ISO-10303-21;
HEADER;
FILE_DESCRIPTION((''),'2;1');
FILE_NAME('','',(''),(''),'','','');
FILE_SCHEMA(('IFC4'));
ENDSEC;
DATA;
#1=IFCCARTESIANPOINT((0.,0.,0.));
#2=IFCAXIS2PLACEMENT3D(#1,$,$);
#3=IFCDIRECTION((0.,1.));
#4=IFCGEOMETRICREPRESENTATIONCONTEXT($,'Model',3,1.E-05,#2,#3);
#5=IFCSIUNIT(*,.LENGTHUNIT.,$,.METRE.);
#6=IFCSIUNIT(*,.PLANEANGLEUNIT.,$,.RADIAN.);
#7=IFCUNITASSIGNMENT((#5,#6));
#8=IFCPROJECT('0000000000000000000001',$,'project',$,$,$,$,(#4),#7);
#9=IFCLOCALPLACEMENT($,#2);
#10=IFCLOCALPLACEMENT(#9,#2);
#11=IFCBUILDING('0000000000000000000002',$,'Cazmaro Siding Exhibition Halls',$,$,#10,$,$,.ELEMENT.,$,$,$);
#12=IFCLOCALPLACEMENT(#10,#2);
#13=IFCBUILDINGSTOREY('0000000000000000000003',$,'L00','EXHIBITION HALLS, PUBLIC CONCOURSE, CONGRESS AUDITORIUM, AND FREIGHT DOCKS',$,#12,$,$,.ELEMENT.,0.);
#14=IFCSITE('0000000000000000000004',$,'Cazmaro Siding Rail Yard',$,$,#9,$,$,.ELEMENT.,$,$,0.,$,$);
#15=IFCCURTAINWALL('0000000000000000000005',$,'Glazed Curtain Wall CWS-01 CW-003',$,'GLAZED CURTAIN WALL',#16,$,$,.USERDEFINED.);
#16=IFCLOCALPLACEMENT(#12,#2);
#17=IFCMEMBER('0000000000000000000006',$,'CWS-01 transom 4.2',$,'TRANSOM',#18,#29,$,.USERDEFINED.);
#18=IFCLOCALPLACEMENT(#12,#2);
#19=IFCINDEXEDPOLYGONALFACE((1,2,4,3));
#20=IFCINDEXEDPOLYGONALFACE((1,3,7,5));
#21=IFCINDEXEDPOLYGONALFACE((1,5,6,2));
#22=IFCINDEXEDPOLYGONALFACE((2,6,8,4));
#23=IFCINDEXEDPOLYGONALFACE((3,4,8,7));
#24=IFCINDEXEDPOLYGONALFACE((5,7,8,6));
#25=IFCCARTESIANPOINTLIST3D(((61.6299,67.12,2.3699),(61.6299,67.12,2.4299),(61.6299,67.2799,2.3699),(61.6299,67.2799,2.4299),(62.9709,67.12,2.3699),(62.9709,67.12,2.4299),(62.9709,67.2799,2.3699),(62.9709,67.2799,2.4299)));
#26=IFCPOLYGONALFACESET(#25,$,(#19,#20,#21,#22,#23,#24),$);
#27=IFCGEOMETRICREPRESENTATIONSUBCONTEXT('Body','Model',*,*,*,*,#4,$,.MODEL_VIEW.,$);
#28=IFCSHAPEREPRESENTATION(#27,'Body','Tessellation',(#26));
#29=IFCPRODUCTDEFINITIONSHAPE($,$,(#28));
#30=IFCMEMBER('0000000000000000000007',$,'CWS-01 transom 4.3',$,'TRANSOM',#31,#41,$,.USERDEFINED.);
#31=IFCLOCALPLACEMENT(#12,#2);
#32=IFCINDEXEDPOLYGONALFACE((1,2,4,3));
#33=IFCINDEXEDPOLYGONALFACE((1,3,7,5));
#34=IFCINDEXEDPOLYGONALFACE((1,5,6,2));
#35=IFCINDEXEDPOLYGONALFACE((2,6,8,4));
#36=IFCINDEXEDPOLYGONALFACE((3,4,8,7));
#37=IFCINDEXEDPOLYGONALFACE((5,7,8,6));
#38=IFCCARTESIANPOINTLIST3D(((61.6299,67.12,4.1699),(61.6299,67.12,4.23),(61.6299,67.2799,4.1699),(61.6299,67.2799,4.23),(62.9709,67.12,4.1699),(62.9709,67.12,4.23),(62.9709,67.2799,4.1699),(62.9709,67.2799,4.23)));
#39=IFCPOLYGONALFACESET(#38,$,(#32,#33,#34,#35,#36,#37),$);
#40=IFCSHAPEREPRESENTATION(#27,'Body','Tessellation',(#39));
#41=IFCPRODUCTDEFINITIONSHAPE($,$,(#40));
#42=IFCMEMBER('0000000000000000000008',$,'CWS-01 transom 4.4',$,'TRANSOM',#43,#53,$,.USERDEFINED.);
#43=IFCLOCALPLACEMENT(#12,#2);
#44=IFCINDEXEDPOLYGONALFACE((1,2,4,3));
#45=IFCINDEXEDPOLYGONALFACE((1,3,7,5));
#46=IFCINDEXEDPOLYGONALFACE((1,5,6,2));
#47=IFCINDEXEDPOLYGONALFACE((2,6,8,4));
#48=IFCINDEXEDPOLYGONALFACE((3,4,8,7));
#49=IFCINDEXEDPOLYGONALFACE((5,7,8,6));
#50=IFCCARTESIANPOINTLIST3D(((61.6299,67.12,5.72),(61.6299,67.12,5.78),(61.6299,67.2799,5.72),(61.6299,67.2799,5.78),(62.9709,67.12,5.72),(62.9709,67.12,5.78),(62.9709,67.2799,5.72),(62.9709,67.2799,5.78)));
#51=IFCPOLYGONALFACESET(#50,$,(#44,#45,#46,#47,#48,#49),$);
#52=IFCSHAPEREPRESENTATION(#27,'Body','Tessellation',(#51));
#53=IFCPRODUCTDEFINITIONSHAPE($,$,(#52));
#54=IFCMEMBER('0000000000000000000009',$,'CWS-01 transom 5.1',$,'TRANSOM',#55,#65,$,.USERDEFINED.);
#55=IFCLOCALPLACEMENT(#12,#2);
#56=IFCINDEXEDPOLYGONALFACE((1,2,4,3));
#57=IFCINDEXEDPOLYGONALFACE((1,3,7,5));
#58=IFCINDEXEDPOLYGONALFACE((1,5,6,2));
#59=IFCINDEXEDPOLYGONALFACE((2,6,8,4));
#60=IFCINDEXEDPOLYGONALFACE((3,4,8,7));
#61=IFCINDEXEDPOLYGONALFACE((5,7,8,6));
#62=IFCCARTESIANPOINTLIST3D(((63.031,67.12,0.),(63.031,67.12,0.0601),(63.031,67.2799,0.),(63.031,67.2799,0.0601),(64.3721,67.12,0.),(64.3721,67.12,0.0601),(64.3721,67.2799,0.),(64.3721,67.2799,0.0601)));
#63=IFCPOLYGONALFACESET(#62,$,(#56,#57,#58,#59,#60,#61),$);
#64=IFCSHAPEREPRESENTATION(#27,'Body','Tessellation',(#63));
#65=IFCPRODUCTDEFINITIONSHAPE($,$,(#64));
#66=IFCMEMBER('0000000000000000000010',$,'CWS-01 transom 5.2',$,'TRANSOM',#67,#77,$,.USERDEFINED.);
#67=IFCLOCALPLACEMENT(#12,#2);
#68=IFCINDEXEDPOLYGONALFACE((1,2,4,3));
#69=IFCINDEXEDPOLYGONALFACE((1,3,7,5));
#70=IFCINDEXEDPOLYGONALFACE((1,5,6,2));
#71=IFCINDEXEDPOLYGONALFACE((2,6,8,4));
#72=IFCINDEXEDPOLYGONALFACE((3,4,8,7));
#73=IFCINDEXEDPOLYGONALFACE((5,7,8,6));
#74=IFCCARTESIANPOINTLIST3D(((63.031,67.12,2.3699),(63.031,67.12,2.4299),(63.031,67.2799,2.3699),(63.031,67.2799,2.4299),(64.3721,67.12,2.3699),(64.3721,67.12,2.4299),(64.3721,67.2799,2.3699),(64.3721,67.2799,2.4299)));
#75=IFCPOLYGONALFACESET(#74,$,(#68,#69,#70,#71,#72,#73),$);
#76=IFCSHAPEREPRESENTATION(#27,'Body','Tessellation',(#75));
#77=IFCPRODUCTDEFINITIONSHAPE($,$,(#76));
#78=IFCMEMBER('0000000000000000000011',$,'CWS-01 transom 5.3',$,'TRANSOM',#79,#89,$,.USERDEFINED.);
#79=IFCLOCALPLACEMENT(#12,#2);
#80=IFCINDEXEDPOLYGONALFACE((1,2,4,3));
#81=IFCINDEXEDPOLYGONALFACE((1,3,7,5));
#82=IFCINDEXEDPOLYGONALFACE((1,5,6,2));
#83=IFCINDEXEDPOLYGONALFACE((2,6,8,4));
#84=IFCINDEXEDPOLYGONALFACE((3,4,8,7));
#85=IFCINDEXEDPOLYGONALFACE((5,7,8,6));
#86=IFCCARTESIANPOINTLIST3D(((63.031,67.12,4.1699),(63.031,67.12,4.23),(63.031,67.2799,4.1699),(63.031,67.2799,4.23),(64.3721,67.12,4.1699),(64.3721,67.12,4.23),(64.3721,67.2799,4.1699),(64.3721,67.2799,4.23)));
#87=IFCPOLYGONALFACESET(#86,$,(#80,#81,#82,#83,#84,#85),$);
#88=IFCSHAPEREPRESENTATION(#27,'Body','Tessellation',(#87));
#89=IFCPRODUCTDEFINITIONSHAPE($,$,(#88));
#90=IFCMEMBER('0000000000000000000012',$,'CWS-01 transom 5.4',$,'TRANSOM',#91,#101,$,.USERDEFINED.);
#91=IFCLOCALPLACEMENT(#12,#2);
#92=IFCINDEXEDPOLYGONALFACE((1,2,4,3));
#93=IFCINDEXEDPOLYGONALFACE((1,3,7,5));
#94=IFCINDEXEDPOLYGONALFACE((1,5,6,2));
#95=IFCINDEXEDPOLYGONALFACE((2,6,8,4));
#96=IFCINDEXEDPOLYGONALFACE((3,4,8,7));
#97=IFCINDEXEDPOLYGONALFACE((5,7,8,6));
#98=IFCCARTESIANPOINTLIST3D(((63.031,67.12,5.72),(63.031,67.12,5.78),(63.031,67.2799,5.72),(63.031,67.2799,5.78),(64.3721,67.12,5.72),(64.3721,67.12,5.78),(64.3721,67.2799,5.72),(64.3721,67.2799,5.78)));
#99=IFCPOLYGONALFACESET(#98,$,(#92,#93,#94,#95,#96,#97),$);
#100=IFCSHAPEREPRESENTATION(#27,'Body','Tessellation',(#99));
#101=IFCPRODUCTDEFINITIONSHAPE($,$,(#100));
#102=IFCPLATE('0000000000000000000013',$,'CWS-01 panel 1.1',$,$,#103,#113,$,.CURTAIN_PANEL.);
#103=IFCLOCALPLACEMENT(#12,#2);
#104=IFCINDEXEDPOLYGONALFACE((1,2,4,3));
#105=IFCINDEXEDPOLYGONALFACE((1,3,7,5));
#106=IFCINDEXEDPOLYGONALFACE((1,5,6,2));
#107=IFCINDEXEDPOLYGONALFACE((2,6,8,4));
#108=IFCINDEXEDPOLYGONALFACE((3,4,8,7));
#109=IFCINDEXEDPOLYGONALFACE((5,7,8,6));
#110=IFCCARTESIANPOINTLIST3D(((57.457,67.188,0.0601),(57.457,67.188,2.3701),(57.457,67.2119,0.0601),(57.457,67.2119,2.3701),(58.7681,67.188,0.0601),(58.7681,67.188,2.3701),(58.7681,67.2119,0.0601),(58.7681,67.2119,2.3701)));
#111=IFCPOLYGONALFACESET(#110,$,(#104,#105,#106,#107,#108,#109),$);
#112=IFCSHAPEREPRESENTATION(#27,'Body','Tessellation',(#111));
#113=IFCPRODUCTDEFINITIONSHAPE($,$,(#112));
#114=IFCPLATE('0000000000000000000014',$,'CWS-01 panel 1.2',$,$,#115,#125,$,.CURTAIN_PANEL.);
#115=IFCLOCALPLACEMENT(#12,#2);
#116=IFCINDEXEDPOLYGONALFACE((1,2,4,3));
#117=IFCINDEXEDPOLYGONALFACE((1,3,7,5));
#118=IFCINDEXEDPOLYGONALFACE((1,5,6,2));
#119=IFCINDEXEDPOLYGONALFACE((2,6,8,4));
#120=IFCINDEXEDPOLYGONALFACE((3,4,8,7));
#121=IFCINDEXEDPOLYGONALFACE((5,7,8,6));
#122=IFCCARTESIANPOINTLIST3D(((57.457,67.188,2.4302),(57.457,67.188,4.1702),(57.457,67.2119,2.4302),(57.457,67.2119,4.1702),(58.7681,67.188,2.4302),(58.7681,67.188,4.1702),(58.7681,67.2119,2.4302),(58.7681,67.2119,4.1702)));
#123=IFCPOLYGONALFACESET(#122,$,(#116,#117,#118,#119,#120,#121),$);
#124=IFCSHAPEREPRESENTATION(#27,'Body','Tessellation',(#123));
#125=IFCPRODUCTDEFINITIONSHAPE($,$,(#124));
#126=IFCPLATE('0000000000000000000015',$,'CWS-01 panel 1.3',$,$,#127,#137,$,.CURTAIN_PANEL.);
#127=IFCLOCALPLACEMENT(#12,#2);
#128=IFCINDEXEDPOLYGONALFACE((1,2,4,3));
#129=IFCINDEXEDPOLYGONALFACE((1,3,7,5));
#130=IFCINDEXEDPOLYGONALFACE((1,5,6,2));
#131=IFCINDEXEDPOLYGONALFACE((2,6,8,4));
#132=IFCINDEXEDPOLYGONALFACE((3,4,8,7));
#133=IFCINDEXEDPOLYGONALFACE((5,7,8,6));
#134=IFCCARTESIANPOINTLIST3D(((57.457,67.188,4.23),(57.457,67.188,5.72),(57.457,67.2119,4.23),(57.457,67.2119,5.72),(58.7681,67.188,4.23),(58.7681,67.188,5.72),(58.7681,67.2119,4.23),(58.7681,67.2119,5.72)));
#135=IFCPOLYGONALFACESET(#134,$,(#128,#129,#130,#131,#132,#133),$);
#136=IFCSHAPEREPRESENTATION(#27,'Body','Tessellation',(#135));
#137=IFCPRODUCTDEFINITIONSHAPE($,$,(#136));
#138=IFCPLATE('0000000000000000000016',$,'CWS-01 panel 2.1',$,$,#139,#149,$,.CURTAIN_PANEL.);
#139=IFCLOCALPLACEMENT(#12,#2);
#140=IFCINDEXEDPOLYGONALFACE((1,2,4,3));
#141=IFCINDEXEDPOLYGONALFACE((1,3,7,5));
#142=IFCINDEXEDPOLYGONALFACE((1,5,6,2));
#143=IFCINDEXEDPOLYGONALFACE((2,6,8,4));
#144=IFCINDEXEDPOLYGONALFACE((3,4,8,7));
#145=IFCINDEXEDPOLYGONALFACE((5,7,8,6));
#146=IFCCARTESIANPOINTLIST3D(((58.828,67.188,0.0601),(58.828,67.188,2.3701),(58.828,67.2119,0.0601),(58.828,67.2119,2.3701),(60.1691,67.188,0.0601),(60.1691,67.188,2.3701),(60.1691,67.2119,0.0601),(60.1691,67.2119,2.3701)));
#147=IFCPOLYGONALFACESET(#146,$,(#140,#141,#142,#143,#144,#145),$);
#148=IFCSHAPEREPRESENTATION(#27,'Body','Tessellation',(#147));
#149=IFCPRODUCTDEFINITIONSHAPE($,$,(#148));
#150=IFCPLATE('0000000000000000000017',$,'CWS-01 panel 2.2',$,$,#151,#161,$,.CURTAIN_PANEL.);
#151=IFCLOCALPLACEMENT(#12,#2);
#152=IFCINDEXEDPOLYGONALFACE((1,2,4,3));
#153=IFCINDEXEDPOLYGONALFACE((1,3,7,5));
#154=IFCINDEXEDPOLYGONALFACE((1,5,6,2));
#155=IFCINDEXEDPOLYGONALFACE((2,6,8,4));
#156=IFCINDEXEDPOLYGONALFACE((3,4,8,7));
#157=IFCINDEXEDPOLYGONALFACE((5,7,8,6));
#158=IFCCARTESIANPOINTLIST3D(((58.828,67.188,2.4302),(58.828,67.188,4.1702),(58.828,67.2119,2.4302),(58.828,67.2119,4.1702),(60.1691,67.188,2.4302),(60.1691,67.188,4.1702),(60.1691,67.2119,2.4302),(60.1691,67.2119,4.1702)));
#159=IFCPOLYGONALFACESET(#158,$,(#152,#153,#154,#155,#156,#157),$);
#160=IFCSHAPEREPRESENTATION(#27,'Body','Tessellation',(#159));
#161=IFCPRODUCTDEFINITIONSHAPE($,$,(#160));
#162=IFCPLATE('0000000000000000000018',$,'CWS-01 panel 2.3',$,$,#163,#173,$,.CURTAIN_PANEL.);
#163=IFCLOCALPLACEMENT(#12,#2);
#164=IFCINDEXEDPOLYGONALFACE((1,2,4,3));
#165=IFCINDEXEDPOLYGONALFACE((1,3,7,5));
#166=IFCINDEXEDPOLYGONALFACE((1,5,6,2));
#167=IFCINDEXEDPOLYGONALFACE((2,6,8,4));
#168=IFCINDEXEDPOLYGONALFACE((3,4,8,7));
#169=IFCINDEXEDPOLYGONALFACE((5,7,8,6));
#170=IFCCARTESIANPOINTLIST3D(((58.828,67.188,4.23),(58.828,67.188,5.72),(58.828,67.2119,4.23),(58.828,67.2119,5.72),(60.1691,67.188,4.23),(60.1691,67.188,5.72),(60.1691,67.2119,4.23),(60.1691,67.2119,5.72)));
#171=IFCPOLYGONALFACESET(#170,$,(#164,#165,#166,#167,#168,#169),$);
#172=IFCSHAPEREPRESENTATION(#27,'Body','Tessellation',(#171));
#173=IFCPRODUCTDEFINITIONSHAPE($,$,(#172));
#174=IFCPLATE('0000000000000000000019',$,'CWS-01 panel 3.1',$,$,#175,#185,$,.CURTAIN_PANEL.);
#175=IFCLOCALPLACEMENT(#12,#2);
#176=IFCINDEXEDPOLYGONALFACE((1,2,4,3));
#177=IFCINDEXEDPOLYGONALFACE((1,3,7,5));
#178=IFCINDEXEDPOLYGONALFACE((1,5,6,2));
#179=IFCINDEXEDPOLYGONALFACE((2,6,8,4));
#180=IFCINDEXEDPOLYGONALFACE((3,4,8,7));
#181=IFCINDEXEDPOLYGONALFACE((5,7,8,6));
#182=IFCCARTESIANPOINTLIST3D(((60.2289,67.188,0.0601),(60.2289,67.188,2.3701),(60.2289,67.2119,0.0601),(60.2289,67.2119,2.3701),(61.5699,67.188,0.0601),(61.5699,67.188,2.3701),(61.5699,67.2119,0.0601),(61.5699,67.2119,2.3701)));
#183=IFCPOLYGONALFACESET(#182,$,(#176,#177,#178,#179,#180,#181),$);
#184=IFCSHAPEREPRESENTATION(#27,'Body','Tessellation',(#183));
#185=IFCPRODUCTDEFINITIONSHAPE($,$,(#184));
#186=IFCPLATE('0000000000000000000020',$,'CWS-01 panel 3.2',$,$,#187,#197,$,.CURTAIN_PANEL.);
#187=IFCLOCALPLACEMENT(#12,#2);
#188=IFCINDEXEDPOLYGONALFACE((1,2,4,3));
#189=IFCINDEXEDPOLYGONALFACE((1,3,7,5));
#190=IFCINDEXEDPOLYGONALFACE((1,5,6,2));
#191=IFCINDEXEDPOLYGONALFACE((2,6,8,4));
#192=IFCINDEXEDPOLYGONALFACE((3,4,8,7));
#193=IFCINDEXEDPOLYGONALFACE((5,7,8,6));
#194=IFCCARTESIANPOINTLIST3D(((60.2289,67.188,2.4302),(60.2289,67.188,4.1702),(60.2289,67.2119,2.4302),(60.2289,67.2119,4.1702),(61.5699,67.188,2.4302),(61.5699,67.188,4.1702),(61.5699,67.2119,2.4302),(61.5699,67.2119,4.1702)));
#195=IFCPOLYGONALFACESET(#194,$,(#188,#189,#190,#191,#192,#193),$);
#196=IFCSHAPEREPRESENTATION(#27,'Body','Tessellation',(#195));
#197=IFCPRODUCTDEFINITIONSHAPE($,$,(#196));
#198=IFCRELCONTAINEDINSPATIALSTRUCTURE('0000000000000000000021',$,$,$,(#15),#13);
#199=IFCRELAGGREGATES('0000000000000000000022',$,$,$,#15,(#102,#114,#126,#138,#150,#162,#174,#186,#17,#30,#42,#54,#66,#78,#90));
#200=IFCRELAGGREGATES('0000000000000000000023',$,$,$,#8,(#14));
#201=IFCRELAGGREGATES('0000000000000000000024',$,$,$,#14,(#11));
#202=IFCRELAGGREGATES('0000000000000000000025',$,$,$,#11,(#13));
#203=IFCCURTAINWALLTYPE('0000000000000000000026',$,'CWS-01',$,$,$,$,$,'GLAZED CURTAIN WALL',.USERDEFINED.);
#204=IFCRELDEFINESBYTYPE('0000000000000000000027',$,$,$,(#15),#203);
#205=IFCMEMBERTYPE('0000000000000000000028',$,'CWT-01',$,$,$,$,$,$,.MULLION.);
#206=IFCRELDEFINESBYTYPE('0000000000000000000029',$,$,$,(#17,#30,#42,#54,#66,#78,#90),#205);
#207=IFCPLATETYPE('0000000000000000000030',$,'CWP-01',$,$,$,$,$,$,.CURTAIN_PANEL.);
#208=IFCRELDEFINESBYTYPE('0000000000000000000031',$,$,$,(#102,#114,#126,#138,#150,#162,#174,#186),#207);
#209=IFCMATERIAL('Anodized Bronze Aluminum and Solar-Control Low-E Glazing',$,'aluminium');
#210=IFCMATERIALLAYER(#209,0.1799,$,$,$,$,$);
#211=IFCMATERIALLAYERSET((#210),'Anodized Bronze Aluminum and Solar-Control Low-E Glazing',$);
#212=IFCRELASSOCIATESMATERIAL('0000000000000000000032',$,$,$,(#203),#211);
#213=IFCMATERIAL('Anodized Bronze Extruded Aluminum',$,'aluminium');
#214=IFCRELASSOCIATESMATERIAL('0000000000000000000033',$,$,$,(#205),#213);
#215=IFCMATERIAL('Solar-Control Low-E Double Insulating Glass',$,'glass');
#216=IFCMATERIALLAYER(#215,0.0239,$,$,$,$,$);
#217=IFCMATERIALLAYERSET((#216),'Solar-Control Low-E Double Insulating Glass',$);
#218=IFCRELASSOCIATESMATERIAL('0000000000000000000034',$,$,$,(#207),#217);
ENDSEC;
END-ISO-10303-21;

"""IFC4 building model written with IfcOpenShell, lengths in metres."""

from ifc_helpers import new_model, si_unit, direction, frame, origin, origin_2d, place, context, subcontext, project, spatial, rectangle, extrude, material, layer, layer_set, material_profile, profile_set, type_object, element, aggregate, save


model = new_model("IFC4")

# Units and contexts
model_context = context("Model", 3, precision=1e-05, world=origin(), true_north=direction((0.0, 1.0)))
body_context = subcontext(model_context, "Body", "Model", "MODEL_VIEW")
ifc_project = project(units=[si_unit("LENGTHUNIT", "METRE"), si_unit("PLANEANGLEUNIT", "RADIAN")], contexts=[model_context])

# Site, building, storey
site_placement = place(None, origin())
site = spatial("IfcSite", under=ifc_project, at=site_placement, Name="Cazmaro Siding Rail Yard", CompositionType="ELEMENT", RefElevation=0.0)
building_placement = place(site_placement, origin())
building = spatial("IfcBuilding", under=site, at=building_placement, Name="Cazmaro Siding Exhibition Halls", CompositionType="ELEMENT")
storey_placement = place(building_placement, origin())
storey = spatial("IfcBuildingStorey", under=building, at=storey_placement, Name="L00", Description="EXHIBITION HALLS, PUBLIC CONCOURSE, CONGRESS AUDITORIUM, AND FREIGHT DOCKS", CompositionType="ELEMENT", Elevation=0.0)

# Curtain wall, members, plates
ifc_material_1 = material(Name="Anodized Bronze Aluminum and Solar-Control Low-E Glazing", Category="aluminium")
ifc_layer_1 = layer(ifc_material_1, 0.1799)
ifc_layer_set_1 = layer_set([ifc_layer_1], Name="Anodized Bronze Aluminum and Solar-Control Low-E Glazing")
curtain_wall_type = type_object("IfcCurtainWallType", Name="CWS-01", ElementType="GLAZED CURTAIN WALL", PredefinedType="USERDEFINED", material=ifc_layer_set_1)
curtain_wall_placement = place(storey_placement, origin())
curtain_wall = element("IfcCurtainWall", 1, at=curtain_wall_placement, inside=storey, type_object=curtain_wall_type, Name="Glazed Curtain Wall CWS-01 CW-003", ObjectType="GLAZED CURTAIN WALL", PredefinedType="USERDEFINED")
ifc_material_2 = material(Name="Anodized Bronze Extruded Aluminum", Category="aluminium")
ifc_material_profile_1 = material_profile(ifc_material_2, rectangle(XDim=0.1599, YDim=0.0601, at=origin_2d()), Name="CWT-01")
ifc_profile_set_1 = profile_set([ifc_material_profile_1], Name="Anodized Bronze Extruded Aluminum")
member_type_1 = type_object("IfcMemberType", Name="CWT-01", PredefinedType="MULLION", material=ifc_profile_set_1)
member_1_placement = place(storey_placement, frame((61.6299, 67.2, 2.3999), z_axis=(1.0, 0.0, 0.0), x_axis=(0.0, 1.0, 0.0)))
member_1 = element("IfcMember", 2, at=member_1_placement, type_object=member_type_1, Name="CWS-01 transom 4.2", ObjectType="TRANSOM", PredefinedType="USERDEFINED", context=body_context, shape_type="SweptSolid", body=[
    extrude(rectangle(XDim=0.1599, YDim=0.0601, at=origin_2d()), origin(), (0.0, 0.0, 1.0), 1.3411),
])
member_2_placement = place(storey_placement, frame((61.6299, 67.2, 4.2), z_axis=(1.0, 0.0, 0.0), x_axis=(0.0, 1.0, 0.0)))
member_2 = element("IfcMember", 3, at=member_2_placement, type_object=member_type_1, Name="CWS-01 transom 4.3", ObjectType="TRANSOM", PredefinedType="USERDEFINED", context=body_context, shape_type="SweptSolid", body=[
    extrude(rectangle(XDim=0.1599, YDim=0.0601, at=origin_2d()), origin(), (0.0, 0.0, 1.0), 1.3411),
])
member_3_placement = place(storey_placement, frame((61.6299, 67.2, 5.75), z_axis=(1.0, 0.0, 0.0), x_axis=(0.0, 1.0, 0.0)))
member_3 = element("IfcMember", 4, at=member_3_placement, type_object=member_type_1, Name="CWS-01 transom 4.4", ObjectType="TRANSOM", PredefinedType="USERDEFINED", context=body_context, shape_type="SweptSolid", body=[
    extrude(rectangle(XDim=0.1599, YDim=0.0601, at=origin_2d()), origin(), (0.0, 0.0, 1.0), 1.3411),
])
member_4_placement = place(storey_placement, frame((63.031, 67.2, 0.03), z_axis=(1.0, 0.0, 0.0), x_axis=(0.0, 1.0, 0.0)))
member_4 = element("IfcMember", 5, at=member_4_placement, type_object=member_type_1, Name="CWS-01 transom 5.1", ObjectType="TRANSOM", PredefinedType="USERDEFINED", context=body_context, shape_type="SweptSolid", body=[
    extrude(rectangle(XDim=0.1599, YDim=0.0601, at=origin_2d()), origin(), (0.0, 0.0, 1.0), 1.3411),
])
member_5_placement = place(storey_placement, frame((63.031, 67.2, 2.3999), z_axis=(1.0, 0.0, 0.0), x_axis=(0.0, 1.0, 0.0)))
member_5 = element("IfcMember", 6, at=member_5_placement, type_object=member_type_1, Name="CWS-01 transom 5.2", ObjectType="TRANSOM", PredefinedType="USERDEFINED", context=body_context, shape_type="SweptSolid", body=[
    extrude(rectangle(XDim=0.1599, YDim=0.0601, at=origin_2d()), origin(), (0.0, 0.0, 1.0), 1.3411),
])
member_6_placement = place(storey_placement, frame((63.031, 67.2, 4.2), z_axis=(1.0, 0.0, 0.0), x_axis=(0.0, 1.0, 0.0)))
member_6 = element("IfcMember", 7, at=member_6_placement, type_object=member_type_1, Name="CWS-01 transom 5.3", ObjectType="TRANSOM", PredefinedType="USERDEFINED", context=body_context, shape_type="SweptSolid", body=[
    extrude(rectangle(XDim=0.1599, YDim=0.0601, at=origin_2d()), origin(), (0.0, 0.0, 1.0), 1.3411),
])
member_7_placement = place(storey_placement, frame((63.031, 67.2, 5.75), z_axis=(1.0, 0.0, 0.0), x_axis=(0.0, 1.0, 0.0)))
member_7 = element("IfcMember", 8, at=member_7_placement, type_object=member_type_1, Name="CWS-01 transom 5.4", ObjectType="TRANSOM", PredefinedType="USERDEFINED", context=body_context, shape_type="SweptSolid", body=[
    extrude(rectangle(XDim=0.1599, YDim=0.0601, at=origin_2d()), origin(), (0.0, 0.0, 1.0), 1.3411),
])
ifc_material_3 = material(Name="Solar-Control Low-E Double Insulating Glass", Category="glass")
ifc_layer_2 = layer(ifc_material_3, 0.0239)
ifc_layer_set_2 = layer_set([ifc_layer_2], Name="Solar-Control Low-E Double Insulating Glass")
plate_type = type_object("IfcPlateType", Name="CWP-01", PredefinedType="CURTAIN_PANEL", material=ifc_layer_set_2)
plate_1_placement = place(storey_placement, frame((58.1125, 67.2, 0.0601), z_axis=(0.0, 0.0, 1.0), x_axis=(1.0, 0.0, 0.0)))
plate_1 = element("IfcPlate", 9, at=plate_1_placement, type_object=plate_type, Name="CWS-01 panel 1.1", PredefinedType="CURTAIN_PANEL", context=body_context, shape_type="SweptSolid", body=[
    extrude(rectangle(XDim=1.311, YDim=0.0239, at=origin_2d()), origin(), (0.0, 0.0, 1.0), 2.3101),
])
plate_2_placement = place(storey_placement, frame((58.1125, 67.2, 2.4302), z_axis=(0.0, 0.0, 1.0), x_axis=(1.0, 0.0, 0.0)))
plate_2 = element("IfcPlate", 10, at=plate_2_placement, type_object=plate_type, Name="CWS-01 panel 1.2", PredefinedType="CURTAIN_PANEL", context=body_context, shape_type="SweptSolid", body=[
    extrude(rectangle(XDim=1.311, YDim=0.0239, at=origin_2d()), origin(), (0.0, 0.0, 1.0), 1.74),
])
plate_3_placement = place(storey_placement, frame((58.1125, 67.2, 4.23), z_axis=(0.0, 0.0, 1.0), x_axis=(1.0, 0.0, 0.0)))
plate_3 = element("IfcPlate", 11, at=plate_3_placement, type_object=plate_type, Name="CWS-01 panel 1.3", PredefinedType="CURTAIN_PANEL", context=body_context, shape_type="SweptSolid", body=[
    extrude(rectangle(XDim=1.311, YDim=0.0239, at=origin_2d()), origin(), (0.0, 0.0, 1.0), 1.49),
])
plate_4_placement = place(storey_placement, frame((59.4985, 67.2, 0.0601), z_axis=(0.0, 0.0, 1.0), x_axis=(1.0, 0.0, 0.0)))
plate_4 = element("IfcPlate", 12, at=plate_4_placement, type_object=plate_type, Name="CWS-01 panel 2.1", PredefinedType="CURTAIN_PANEL", context=body_context, shape_type="SweptSolid", body=[
    extrude(rectangle(XDim=1.3411, YDim=0.0239, at=origin_2d()), origin(), (0.0, 0.0, 1.0), 2.3101),
])
plate_5_placement = place(storey_placement, frame((59.4985, 67.2, 2.4302), z_axis=(0.0, 0.0, 1.0), x_axis=(1.0, 0.0, 0.0)))
plate_5 = element("IfcPlate", 13, at=plate_5_placement, type_object=plate_type, Name="CWS-01 panel 2.2", PredefinedType="CURTAIN_PANEL", context=body_context, shape_type="SweptSolid", body=[
    extrude(rectangle(XDim=1.3411, YDim=0.0239, at=origin_2d()), origin(), (0.0, 0.0, 1.0), 1.74),
])
plate_6_placement = place(storey_placement, frame((59.4985, 67.2, 4.23), z_axis=(0.0, 0.0, 1.0), x_axis=(1.0, 0.0, 0.0)))
plate_6 = element("IfcPlate", 14, at=plate_6_placement, type_object=plate_type, Name="CWS-01 panel 2.3", PredefinedType="CURTAIN_PANEL", context=body_context, shape_type="SweptSolid", body=[
    extrude(rectangle(XDim=1.3411, YDim=0.0239, at=origin_2d()), origin(), (0.0, 0.0, 1.0), 1.49),
])
plate_7_placement = place(storey_placement, frame((60.8994, 67.2, 0.0601), z_axis=(0.0, 0.0, 1.0), x_axis=(1.0, 0.0, 0.0)))
plate_7 = element("IfcPlate", 15, at=plate_7_placement, type_object=plate_type, Name="CWS-01 panel 3.1", PredefinedType="CURTAIN_PANEL", context=body_context, shape_type="SweptSolid", body=[
    extrude(rectangle(XDim=1.3411, YDim=0.0239, at=origin_2d()), origin(), (0.0, 0.0, 1.0), 2.3101),
])
plate_8_placement = place(storey_placement, frame((60.8994, 67.2, 2.4302), z_axis=(0.0, 0.0, 1.0), x_axis=(1.0, 0.0, 0.0)))
plate_8 = element("IfcPlate", 16, at=plate_8_placement, type_object=plate_type, Name="CWS-01 panel 3.2", PredefinedType="CURTAIN_PANEL", context=body_context, shape_type="SweptSolid", body=[
    extrude(rectangle(XDim=1.3411, YDim=0.0239, at=origin_2d()), origin(), (0.0, 0.0, 1.0), 1.74),
])
aggregate(curtain_wall, [plate_1, plate_2, plate_3, plate_4, plate_5, plate_6, plate_7, plate_8, member_1, member_2, member_3, member_4, member_5, member_6, member_7])

save(model, "model.ifc")
